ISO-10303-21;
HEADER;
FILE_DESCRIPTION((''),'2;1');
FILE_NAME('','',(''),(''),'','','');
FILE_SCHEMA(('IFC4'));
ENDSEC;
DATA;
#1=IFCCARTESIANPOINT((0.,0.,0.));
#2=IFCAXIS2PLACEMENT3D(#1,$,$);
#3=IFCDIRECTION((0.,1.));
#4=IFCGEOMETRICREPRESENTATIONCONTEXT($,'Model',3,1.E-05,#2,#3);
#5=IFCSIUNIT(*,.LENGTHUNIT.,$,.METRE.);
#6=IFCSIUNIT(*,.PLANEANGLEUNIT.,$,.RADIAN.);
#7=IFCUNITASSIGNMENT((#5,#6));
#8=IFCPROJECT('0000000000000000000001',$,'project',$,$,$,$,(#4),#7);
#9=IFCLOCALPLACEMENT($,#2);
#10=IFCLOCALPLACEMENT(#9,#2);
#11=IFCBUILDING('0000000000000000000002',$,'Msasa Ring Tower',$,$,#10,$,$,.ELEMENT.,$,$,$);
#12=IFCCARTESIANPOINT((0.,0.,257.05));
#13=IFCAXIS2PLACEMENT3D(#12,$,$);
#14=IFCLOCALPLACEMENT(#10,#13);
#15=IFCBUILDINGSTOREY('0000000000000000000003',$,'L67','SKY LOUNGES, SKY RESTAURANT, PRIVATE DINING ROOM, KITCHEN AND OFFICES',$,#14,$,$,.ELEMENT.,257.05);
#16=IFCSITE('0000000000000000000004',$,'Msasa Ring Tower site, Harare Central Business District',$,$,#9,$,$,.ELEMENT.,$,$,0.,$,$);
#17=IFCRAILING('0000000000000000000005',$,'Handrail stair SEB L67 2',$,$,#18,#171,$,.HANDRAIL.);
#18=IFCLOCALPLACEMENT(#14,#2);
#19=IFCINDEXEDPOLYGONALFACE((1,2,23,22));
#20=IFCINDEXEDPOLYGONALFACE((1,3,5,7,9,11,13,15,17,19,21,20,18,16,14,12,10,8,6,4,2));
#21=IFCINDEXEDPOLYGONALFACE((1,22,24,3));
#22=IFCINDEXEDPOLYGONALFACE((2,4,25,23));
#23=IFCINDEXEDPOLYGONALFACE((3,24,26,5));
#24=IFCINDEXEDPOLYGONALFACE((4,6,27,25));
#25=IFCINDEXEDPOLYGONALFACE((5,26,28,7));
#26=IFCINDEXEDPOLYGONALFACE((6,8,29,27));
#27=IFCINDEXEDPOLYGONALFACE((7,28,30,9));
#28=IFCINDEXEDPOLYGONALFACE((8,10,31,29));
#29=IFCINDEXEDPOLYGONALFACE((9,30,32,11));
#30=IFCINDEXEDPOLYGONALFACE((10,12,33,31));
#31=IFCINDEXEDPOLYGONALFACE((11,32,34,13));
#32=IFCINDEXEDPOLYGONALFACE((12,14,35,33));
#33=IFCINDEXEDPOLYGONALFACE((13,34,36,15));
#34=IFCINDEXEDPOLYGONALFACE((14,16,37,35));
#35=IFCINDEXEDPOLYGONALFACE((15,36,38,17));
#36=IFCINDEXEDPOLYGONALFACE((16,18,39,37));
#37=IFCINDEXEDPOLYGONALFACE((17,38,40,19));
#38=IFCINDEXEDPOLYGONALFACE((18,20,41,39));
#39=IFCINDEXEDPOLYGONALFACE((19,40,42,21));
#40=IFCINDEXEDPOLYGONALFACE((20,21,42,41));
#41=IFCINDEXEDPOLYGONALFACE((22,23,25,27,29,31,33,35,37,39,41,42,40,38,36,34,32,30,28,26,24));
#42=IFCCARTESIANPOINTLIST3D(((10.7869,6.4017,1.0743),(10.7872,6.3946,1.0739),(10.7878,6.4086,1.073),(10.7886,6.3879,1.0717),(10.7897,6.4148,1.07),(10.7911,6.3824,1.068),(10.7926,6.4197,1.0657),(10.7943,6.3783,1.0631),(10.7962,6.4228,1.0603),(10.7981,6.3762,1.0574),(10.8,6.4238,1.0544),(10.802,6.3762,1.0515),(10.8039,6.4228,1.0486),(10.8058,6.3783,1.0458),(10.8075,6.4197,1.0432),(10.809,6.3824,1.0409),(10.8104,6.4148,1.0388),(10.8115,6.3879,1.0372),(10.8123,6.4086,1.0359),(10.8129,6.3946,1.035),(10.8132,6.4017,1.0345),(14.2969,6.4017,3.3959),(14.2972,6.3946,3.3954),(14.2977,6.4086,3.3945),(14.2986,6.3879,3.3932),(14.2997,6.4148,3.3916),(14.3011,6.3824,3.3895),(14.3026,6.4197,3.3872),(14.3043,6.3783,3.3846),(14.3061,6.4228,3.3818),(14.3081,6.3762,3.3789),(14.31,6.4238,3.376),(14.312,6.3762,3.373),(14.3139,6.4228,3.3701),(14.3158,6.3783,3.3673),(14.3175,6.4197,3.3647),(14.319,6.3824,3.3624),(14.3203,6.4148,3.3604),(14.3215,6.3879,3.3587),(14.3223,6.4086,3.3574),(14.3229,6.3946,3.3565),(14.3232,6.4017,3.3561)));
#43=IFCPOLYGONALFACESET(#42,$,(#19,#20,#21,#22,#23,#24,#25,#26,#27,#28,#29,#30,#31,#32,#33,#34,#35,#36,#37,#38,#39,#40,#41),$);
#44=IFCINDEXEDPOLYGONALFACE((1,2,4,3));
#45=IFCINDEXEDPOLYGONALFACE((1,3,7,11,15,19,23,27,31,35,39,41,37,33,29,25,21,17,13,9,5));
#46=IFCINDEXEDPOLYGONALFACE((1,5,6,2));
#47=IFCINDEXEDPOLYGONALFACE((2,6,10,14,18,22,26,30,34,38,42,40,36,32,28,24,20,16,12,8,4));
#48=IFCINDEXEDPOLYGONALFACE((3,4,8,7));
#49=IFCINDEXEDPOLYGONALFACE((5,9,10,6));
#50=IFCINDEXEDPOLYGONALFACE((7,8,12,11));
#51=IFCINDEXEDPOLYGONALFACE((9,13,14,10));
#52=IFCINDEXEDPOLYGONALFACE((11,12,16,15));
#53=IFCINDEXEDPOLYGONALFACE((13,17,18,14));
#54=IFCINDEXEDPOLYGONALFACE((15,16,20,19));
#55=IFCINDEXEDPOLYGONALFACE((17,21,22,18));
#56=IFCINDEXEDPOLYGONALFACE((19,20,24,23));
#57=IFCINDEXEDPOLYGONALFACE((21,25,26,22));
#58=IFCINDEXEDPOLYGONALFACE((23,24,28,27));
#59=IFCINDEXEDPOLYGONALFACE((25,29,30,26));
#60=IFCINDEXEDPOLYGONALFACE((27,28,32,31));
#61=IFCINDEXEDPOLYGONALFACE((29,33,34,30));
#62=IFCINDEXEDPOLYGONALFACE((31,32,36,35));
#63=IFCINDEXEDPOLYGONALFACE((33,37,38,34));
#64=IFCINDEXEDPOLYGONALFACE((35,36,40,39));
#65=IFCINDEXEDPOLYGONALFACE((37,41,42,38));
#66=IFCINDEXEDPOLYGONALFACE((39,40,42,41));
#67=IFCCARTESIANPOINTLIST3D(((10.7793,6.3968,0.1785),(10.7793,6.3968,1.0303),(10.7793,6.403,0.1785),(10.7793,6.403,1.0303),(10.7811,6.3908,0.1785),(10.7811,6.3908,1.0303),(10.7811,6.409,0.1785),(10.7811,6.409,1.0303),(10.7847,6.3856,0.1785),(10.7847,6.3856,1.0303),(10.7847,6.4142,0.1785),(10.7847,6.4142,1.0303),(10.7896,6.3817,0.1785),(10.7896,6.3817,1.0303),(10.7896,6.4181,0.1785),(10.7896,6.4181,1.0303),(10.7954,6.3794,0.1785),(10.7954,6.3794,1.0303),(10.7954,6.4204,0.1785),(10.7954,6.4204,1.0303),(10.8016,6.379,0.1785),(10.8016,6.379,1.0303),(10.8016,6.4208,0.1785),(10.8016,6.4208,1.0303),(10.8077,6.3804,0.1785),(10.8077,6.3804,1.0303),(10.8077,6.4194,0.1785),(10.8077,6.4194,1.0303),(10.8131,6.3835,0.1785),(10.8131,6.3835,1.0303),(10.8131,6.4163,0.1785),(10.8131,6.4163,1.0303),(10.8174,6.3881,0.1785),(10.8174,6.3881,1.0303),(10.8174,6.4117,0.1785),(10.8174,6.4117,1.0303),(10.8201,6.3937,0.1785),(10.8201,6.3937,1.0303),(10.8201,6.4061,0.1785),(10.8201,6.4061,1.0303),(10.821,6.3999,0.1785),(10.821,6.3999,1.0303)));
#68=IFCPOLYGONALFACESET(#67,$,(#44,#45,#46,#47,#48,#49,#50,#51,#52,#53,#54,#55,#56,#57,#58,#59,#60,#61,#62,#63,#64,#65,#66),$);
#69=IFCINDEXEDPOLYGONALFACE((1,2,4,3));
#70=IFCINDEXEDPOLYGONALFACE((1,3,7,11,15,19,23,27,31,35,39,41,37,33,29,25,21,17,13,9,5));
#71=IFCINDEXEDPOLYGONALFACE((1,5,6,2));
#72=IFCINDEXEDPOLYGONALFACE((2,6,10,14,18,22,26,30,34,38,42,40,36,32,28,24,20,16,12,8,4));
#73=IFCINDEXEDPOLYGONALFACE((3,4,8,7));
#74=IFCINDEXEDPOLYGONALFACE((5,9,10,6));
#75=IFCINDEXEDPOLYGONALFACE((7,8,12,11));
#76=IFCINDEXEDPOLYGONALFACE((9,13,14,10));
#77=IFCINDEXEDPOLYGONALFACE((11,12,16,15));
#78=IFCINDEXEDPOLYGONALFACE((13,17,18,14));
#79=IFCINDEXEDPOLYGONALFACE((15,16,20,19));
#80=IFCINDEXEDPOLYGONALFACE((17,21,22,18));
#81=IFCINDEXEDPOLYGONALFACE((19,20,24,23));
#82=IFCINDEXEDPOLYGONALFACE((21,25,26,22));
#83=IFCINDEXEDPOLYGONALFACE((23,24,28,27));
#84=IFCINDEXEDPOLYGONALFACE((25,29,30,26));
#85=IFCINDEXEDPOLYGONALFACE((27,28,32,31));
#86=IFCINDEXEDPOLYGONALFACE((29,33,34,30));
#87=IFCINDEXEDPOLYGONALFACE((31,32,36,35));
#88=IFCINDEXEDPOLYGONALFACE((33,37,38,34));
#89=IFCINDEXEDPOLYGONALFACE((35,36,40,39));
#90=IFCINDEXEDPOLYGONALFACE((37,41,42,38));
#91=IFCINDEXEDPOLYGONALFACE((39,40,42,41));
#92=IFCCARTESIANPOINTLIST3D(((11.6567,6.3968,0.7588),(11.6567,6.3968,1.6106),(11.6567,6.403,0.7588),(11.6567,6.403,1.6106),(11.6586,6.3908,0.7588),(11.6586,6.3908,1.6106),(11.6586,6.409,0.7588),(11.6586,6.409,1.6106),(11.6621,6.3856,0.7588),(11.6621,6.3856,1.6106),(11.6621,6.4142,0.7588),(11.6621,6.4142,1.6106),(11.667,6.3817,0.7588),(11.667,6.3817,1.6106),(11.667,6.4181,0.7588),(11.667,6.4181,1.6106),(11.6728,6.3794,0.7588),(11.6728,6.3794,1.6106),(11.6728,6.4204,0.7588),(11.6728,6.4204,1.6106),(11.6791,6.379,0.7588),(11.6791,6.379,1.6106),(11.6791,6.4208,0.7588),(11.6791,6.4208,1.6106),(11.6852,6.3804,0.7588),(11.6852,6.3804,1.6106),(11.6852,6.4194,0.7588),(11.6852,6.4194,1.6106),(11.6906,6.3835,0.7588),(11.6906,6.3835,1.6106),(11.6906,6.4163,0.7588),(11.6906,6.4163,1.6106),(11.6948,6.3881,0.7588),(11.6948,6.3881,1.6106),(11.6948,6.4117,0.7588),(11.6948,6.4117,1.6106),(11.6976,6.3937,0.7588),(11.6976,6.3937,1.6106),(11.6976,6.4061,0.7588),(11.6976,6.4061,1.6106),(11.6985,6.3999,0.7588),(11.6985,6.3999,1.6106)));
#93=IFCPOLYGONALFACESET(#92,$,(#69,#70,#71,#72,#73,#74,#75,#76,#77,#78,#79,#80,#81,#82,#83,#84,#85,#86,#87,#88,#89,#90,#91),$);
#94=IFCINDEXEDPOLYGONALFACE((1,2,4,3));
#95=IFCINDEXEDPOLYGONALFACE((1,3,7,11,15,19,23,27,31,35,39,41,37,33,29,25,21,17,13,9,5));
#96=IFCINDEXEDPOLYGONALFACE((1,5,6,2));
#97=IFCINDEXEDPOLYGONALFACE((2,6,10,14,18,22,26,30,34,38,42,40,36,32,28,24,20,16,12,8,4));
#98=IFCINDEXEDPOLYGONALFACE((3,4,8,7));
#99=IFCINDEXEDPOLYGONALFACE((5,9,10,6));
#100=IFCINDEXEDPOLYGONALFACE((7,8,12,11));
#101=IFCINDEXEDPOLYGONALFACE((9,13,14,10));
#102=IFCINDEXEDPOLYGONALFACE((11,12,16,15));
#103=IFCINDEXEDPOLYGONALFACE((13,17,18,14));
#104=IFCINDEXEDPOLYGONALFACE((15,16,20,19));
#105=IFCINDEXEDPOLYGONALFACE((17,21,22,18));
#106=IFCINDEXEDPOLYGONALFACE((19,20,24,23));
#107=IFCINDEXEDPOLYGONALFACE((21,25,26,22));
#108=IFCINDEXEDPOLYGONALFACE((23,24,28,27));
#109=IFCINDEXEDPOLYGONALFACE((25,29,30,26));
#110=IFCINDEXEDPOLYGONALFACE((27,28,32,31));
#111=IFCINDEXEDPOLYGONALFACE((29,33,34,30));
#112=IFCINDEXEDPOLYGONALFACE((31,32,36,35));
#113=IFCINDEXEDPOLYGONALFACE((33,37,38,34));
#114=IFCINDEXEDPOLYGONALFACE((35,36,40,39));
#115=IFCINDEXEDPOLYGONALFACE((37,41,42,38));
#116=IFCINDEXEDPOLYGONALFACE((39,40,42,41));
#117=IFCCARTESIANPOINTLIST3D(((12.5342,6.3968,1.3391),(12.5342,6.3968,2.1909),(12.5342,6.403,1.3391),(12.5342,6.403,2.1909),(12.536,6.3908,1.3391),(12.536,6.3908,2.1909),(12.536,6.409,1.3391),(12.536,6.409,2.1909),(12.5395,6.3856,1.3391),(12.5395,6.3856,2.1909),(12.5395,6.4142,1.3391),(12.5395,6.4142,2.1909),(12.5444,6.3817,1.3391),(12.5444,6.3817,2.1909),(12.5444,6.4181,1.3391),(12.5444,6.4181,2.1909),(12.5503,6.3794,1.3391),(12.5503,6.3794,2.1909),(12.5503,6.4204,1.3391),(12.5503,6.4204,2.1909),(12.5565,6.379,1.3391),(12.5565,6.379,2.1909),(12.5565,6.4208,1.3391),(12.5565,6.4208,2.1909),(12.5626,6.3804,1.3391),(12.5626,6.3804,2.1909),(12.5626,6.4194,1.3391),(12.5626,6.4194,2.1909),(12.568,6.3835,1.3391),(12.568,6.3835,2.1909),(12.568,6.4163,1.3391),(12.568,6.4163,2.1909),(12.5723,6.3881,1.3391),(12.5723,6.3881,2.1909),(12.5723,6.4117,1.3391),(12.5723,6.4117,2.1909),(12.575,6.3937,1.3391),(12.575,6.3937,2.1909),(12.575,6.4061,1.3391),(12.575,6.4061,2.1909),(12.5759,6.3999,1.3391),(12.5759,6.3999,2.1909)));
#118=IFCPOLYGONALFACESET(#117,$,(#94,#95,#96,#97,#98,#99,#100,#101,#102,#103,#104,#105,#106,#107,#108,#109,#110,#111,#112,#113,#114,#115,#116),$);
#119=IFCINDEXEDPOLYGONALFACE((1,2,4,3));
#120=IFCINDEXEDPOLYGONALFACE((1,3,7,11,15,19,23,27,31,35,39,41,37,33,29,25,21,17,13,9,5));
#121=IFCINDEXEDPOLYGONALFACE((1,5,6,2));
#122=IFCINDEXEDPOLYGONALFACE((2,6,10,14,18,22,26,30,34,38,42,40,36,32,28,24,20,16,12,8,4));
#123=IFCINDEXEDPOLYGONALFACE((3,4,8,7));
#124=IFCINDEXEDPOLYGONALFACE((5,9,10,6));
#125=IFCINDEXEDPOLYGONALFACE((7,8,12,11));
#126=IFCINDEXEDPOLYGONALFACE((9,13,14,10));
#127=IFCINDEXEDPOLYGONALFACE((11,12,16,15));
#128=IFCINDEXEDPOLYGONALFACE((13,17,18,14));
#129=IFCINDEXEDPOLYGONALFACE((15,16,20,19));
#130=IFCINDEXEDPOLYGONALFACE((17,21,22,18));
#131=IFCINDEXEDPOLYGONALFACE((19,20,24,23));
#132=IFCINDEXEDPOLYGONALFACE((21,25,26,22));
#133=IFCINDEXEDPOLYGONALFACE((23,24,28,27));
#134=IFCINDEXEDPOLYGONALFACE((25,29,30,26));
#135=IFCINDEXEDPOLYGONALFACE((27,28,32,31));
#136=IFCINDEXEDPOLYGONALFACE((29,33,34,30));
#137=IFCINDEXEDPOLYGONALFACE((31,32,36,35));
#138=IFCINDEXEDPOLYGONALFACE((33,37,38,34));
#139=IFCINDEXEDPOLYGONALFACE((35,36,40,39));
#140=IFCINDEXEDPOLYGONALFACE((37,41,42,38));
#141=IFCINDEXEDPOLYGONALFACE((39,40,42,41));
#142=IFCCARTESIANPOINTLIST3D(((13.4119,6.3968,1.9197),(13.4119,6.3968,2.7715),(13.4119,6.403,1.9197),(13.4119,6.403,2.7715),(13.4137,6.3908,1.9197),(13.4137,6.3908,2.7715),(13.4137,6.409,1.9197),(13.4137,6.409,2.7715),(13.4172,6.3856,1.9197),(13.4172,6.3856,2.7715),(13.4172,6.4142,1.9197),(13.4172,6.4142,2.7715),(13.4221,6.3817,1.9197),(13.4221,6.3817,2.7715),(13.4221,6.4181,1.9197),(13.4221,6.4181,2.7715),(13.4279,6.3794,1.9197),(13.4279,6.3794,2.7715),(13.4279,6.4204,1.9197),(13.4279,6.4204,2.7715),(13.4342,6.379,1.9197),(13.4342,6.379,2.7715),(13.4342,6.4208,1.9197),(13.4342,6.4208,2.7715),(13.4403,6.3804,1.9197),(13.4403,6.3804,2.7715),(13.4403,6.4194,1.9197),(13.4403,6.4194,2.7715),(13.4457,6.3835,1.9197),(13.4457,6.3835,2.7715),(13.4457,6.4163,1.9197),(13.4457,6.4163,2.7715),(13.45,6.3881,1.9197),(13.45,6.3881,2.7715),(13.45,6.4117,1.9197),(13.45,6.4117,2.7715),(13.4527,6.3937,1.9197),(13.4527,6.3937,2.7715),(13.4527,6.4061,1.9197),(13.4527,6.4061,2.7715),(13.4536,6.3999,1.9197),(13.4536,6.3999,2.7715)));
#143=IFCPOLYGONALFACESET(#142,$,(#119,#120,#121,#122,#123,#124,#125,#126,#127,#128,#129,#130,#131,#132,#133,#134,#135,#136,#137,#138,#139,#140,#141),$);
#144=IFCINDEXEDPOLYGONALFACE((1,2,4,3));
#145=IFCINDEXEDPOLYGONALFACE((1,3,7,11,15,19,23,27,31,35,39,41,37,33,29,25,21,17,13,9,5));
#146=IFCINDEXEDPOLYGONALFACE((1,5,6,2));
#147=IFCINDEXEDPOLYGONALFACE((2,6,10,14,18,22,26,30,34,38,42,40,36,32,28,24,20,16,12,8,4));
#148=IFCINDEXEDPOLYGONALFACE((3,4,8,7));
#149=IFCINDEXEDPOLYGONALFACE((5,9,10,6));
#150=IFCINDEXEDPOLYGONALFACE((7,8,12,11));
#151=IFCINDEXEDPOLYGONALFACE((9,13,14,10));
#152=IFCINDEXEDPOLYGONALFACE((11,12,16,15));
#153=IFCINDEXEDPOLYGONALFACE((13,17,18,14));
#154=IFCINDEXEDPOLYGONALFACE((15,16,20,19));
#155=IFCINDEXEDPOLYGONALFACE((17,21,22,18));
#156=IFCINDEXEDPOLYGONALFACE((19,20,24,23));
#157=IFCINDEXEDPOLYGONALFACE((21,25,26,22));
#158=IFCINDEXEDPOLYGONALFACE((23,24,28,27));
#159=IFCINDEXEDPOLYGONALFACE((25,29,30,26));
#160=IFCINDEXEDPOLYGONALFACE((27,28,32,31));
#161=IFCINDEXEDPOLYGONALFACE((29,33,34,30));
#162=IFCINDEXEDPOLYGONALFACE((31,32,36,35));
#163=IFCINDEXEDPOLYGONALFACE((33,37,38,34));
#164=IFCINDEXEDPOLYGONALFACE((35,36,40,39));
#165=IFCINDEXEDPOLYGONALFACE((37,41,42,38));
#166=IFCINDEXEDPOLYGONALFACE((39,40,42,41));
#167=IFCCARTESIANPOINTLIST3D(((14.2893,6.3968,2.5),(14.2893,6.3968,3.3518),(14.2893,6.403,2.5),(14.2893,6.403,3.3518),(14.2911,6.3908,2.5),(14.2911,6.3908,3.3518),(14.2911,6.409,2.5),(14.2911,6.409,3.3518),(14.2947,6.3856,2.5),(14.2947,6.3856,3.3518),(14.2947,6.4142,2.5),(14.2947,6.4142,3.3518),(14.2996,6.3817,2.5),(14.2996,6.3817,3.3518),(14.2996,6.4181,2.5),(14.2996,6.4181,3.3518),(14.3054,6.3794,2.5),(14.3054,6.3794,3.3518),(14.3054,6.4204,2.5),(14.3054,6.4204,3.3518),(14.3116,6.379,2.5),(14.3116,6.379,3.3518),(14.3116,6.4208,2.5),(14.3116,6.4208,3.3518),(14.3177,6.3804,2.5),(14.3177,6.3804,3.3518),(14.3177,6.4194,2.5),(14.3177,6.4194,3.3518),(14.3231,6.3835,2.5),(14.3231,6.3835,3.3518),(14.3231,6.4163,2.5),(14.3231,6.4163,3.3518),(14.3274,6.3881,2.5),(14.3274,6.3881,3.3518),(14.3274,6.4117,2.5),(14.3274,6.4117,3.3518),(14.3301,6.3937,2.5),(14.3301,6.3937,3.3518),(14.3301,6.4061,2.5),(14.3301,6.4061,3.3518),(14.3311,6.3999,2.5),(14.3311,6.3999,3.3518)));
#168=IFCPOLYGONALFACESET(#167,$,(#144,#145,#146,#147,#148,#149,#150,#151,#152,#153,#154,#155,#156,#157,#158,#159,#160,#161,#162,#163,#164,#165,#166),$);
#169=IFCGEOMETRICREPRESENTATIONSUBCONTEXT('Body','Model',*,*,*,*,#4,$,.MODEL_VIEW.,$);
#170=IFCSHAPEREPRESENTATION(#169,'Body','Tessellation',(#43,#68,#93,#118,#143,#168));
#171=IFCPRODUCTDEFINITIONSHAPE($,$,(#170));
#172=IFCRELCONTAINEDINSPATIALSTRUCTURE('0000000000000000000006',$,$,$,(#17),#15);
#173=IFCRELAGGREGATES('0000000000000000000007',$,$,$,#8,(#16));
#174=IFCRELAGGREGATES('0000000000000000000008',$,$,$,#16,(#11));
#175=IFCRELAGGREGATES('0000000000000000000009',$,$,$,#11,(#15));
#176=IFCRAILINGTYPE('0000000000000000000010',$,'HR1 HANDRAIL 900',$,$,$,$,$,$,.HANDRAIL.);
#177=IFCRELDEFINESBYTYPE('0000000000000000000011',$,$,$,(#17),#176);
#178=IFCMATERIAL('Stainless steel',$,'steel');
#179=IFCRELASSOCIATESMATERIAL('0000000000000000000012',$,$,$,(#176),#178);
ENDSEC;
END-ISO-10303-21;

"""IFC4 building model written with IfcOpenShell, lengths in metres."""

from ifc_helpers import new_model, si_unit, direction, frame, origin, origin_2d, place, context, subcontext, project, spatial, circle, extrude, material, type_object, element, save


model = new_model("IFC4")

# Units and contexts
model_context = context("Model", 3, precision=1e-05, world=origin(), true_north=direction((0.0, 1.0)))
body_context = subcontext(model_context, "Body", "Model", "MODEL_VIEW")
ifc_project = project(units=[si_unit("LENGTHUNIT", "METRE"), si_unit("PLANEANGLEUNIT", "RADIAN")], contexts=[model_context])

# Site, building, storey
site_placement = place(None, origin())
site = spatial("IfcSite", under=ifc_project, at=site_placement, Name="Msasa Ring Tower site, Harare Central Business District", CompositionType="ELEMENT", RefElevation=0.0)
building_placement = place(site_placement, origin())
building = spatial("IfcBuilding", under=site, at=building_placement, Name="Msasa Ring Tower", CompositionType="ELEMENT")
storey_placement = place(building_placement, frame((0.0, 0.0, 257.05)))
storey = spatial("IfcBuildingStorey", under=building, at=storey_placement, Name="L67", Description="SKY LOUNGES, SKY RESTAURANT, PRIVATE DINING ROOM, KITCHEN AND OFFICES", CompositionType="ELEMENT", Elevation=257.05)

# Railing
ifc_material_1 = material(Name="Stainless steel", Category="steel")
railing_type = type_object("IfcRailingType", Name="HR1 HANDRAIL 900", PredefinedType="HANDRAIL", material=ifc_material_1)
railing_placement = place(storey_placement, frame((10.8, 6.3999, 0.1785)))
element("IfcRailing", 1, at=railing_placement, inside=storey, type_object=railing_type, Name="Handrail stair SEB L67 2", PredefinedType="HANDRAIL", context=body_context, shape_type="SweptSolid", body=[
    extrude(circle(Radius=0.0239, at=origin_2d()), frame((0.0, 0.0, 0.876), z_axis=(0.834071, 0.0, 0.551657), x_axis=(0.0, 1.0, 0.0)), (0.0, 0.0, 1.0), 4.2083),
    extrude(circle(Radius=0.021, at=origin_2d()), origin(), (0.0, 0.0, 1.0), 0.8518),
    extrude(circle(Radius=0.021, at=origin_2d()), frame((0.8774, 0.0, 0.5803)), (0.0, 0.0, 1.0), 0.8518),
    extrude(circle(Radius=0.021, at=origin_2d()), frame((1.7549, 0.0, 1.1606)), (0.0, 0.0, 1.0), 0.8518),
    extrude(circle(Radius=0.021, at=origin_2d()), frame((2.6326, 0.0, 1.7412)), (0.0, 0.0, 1.0), 0.8518),
    extrude(circle(Radius=0.021, at=origin_2d()), frame((3.51, 0.0, 2.3215)), (0.0, 0.0, 1.0), 0.8518),
])

save(model, "model.ifc")
